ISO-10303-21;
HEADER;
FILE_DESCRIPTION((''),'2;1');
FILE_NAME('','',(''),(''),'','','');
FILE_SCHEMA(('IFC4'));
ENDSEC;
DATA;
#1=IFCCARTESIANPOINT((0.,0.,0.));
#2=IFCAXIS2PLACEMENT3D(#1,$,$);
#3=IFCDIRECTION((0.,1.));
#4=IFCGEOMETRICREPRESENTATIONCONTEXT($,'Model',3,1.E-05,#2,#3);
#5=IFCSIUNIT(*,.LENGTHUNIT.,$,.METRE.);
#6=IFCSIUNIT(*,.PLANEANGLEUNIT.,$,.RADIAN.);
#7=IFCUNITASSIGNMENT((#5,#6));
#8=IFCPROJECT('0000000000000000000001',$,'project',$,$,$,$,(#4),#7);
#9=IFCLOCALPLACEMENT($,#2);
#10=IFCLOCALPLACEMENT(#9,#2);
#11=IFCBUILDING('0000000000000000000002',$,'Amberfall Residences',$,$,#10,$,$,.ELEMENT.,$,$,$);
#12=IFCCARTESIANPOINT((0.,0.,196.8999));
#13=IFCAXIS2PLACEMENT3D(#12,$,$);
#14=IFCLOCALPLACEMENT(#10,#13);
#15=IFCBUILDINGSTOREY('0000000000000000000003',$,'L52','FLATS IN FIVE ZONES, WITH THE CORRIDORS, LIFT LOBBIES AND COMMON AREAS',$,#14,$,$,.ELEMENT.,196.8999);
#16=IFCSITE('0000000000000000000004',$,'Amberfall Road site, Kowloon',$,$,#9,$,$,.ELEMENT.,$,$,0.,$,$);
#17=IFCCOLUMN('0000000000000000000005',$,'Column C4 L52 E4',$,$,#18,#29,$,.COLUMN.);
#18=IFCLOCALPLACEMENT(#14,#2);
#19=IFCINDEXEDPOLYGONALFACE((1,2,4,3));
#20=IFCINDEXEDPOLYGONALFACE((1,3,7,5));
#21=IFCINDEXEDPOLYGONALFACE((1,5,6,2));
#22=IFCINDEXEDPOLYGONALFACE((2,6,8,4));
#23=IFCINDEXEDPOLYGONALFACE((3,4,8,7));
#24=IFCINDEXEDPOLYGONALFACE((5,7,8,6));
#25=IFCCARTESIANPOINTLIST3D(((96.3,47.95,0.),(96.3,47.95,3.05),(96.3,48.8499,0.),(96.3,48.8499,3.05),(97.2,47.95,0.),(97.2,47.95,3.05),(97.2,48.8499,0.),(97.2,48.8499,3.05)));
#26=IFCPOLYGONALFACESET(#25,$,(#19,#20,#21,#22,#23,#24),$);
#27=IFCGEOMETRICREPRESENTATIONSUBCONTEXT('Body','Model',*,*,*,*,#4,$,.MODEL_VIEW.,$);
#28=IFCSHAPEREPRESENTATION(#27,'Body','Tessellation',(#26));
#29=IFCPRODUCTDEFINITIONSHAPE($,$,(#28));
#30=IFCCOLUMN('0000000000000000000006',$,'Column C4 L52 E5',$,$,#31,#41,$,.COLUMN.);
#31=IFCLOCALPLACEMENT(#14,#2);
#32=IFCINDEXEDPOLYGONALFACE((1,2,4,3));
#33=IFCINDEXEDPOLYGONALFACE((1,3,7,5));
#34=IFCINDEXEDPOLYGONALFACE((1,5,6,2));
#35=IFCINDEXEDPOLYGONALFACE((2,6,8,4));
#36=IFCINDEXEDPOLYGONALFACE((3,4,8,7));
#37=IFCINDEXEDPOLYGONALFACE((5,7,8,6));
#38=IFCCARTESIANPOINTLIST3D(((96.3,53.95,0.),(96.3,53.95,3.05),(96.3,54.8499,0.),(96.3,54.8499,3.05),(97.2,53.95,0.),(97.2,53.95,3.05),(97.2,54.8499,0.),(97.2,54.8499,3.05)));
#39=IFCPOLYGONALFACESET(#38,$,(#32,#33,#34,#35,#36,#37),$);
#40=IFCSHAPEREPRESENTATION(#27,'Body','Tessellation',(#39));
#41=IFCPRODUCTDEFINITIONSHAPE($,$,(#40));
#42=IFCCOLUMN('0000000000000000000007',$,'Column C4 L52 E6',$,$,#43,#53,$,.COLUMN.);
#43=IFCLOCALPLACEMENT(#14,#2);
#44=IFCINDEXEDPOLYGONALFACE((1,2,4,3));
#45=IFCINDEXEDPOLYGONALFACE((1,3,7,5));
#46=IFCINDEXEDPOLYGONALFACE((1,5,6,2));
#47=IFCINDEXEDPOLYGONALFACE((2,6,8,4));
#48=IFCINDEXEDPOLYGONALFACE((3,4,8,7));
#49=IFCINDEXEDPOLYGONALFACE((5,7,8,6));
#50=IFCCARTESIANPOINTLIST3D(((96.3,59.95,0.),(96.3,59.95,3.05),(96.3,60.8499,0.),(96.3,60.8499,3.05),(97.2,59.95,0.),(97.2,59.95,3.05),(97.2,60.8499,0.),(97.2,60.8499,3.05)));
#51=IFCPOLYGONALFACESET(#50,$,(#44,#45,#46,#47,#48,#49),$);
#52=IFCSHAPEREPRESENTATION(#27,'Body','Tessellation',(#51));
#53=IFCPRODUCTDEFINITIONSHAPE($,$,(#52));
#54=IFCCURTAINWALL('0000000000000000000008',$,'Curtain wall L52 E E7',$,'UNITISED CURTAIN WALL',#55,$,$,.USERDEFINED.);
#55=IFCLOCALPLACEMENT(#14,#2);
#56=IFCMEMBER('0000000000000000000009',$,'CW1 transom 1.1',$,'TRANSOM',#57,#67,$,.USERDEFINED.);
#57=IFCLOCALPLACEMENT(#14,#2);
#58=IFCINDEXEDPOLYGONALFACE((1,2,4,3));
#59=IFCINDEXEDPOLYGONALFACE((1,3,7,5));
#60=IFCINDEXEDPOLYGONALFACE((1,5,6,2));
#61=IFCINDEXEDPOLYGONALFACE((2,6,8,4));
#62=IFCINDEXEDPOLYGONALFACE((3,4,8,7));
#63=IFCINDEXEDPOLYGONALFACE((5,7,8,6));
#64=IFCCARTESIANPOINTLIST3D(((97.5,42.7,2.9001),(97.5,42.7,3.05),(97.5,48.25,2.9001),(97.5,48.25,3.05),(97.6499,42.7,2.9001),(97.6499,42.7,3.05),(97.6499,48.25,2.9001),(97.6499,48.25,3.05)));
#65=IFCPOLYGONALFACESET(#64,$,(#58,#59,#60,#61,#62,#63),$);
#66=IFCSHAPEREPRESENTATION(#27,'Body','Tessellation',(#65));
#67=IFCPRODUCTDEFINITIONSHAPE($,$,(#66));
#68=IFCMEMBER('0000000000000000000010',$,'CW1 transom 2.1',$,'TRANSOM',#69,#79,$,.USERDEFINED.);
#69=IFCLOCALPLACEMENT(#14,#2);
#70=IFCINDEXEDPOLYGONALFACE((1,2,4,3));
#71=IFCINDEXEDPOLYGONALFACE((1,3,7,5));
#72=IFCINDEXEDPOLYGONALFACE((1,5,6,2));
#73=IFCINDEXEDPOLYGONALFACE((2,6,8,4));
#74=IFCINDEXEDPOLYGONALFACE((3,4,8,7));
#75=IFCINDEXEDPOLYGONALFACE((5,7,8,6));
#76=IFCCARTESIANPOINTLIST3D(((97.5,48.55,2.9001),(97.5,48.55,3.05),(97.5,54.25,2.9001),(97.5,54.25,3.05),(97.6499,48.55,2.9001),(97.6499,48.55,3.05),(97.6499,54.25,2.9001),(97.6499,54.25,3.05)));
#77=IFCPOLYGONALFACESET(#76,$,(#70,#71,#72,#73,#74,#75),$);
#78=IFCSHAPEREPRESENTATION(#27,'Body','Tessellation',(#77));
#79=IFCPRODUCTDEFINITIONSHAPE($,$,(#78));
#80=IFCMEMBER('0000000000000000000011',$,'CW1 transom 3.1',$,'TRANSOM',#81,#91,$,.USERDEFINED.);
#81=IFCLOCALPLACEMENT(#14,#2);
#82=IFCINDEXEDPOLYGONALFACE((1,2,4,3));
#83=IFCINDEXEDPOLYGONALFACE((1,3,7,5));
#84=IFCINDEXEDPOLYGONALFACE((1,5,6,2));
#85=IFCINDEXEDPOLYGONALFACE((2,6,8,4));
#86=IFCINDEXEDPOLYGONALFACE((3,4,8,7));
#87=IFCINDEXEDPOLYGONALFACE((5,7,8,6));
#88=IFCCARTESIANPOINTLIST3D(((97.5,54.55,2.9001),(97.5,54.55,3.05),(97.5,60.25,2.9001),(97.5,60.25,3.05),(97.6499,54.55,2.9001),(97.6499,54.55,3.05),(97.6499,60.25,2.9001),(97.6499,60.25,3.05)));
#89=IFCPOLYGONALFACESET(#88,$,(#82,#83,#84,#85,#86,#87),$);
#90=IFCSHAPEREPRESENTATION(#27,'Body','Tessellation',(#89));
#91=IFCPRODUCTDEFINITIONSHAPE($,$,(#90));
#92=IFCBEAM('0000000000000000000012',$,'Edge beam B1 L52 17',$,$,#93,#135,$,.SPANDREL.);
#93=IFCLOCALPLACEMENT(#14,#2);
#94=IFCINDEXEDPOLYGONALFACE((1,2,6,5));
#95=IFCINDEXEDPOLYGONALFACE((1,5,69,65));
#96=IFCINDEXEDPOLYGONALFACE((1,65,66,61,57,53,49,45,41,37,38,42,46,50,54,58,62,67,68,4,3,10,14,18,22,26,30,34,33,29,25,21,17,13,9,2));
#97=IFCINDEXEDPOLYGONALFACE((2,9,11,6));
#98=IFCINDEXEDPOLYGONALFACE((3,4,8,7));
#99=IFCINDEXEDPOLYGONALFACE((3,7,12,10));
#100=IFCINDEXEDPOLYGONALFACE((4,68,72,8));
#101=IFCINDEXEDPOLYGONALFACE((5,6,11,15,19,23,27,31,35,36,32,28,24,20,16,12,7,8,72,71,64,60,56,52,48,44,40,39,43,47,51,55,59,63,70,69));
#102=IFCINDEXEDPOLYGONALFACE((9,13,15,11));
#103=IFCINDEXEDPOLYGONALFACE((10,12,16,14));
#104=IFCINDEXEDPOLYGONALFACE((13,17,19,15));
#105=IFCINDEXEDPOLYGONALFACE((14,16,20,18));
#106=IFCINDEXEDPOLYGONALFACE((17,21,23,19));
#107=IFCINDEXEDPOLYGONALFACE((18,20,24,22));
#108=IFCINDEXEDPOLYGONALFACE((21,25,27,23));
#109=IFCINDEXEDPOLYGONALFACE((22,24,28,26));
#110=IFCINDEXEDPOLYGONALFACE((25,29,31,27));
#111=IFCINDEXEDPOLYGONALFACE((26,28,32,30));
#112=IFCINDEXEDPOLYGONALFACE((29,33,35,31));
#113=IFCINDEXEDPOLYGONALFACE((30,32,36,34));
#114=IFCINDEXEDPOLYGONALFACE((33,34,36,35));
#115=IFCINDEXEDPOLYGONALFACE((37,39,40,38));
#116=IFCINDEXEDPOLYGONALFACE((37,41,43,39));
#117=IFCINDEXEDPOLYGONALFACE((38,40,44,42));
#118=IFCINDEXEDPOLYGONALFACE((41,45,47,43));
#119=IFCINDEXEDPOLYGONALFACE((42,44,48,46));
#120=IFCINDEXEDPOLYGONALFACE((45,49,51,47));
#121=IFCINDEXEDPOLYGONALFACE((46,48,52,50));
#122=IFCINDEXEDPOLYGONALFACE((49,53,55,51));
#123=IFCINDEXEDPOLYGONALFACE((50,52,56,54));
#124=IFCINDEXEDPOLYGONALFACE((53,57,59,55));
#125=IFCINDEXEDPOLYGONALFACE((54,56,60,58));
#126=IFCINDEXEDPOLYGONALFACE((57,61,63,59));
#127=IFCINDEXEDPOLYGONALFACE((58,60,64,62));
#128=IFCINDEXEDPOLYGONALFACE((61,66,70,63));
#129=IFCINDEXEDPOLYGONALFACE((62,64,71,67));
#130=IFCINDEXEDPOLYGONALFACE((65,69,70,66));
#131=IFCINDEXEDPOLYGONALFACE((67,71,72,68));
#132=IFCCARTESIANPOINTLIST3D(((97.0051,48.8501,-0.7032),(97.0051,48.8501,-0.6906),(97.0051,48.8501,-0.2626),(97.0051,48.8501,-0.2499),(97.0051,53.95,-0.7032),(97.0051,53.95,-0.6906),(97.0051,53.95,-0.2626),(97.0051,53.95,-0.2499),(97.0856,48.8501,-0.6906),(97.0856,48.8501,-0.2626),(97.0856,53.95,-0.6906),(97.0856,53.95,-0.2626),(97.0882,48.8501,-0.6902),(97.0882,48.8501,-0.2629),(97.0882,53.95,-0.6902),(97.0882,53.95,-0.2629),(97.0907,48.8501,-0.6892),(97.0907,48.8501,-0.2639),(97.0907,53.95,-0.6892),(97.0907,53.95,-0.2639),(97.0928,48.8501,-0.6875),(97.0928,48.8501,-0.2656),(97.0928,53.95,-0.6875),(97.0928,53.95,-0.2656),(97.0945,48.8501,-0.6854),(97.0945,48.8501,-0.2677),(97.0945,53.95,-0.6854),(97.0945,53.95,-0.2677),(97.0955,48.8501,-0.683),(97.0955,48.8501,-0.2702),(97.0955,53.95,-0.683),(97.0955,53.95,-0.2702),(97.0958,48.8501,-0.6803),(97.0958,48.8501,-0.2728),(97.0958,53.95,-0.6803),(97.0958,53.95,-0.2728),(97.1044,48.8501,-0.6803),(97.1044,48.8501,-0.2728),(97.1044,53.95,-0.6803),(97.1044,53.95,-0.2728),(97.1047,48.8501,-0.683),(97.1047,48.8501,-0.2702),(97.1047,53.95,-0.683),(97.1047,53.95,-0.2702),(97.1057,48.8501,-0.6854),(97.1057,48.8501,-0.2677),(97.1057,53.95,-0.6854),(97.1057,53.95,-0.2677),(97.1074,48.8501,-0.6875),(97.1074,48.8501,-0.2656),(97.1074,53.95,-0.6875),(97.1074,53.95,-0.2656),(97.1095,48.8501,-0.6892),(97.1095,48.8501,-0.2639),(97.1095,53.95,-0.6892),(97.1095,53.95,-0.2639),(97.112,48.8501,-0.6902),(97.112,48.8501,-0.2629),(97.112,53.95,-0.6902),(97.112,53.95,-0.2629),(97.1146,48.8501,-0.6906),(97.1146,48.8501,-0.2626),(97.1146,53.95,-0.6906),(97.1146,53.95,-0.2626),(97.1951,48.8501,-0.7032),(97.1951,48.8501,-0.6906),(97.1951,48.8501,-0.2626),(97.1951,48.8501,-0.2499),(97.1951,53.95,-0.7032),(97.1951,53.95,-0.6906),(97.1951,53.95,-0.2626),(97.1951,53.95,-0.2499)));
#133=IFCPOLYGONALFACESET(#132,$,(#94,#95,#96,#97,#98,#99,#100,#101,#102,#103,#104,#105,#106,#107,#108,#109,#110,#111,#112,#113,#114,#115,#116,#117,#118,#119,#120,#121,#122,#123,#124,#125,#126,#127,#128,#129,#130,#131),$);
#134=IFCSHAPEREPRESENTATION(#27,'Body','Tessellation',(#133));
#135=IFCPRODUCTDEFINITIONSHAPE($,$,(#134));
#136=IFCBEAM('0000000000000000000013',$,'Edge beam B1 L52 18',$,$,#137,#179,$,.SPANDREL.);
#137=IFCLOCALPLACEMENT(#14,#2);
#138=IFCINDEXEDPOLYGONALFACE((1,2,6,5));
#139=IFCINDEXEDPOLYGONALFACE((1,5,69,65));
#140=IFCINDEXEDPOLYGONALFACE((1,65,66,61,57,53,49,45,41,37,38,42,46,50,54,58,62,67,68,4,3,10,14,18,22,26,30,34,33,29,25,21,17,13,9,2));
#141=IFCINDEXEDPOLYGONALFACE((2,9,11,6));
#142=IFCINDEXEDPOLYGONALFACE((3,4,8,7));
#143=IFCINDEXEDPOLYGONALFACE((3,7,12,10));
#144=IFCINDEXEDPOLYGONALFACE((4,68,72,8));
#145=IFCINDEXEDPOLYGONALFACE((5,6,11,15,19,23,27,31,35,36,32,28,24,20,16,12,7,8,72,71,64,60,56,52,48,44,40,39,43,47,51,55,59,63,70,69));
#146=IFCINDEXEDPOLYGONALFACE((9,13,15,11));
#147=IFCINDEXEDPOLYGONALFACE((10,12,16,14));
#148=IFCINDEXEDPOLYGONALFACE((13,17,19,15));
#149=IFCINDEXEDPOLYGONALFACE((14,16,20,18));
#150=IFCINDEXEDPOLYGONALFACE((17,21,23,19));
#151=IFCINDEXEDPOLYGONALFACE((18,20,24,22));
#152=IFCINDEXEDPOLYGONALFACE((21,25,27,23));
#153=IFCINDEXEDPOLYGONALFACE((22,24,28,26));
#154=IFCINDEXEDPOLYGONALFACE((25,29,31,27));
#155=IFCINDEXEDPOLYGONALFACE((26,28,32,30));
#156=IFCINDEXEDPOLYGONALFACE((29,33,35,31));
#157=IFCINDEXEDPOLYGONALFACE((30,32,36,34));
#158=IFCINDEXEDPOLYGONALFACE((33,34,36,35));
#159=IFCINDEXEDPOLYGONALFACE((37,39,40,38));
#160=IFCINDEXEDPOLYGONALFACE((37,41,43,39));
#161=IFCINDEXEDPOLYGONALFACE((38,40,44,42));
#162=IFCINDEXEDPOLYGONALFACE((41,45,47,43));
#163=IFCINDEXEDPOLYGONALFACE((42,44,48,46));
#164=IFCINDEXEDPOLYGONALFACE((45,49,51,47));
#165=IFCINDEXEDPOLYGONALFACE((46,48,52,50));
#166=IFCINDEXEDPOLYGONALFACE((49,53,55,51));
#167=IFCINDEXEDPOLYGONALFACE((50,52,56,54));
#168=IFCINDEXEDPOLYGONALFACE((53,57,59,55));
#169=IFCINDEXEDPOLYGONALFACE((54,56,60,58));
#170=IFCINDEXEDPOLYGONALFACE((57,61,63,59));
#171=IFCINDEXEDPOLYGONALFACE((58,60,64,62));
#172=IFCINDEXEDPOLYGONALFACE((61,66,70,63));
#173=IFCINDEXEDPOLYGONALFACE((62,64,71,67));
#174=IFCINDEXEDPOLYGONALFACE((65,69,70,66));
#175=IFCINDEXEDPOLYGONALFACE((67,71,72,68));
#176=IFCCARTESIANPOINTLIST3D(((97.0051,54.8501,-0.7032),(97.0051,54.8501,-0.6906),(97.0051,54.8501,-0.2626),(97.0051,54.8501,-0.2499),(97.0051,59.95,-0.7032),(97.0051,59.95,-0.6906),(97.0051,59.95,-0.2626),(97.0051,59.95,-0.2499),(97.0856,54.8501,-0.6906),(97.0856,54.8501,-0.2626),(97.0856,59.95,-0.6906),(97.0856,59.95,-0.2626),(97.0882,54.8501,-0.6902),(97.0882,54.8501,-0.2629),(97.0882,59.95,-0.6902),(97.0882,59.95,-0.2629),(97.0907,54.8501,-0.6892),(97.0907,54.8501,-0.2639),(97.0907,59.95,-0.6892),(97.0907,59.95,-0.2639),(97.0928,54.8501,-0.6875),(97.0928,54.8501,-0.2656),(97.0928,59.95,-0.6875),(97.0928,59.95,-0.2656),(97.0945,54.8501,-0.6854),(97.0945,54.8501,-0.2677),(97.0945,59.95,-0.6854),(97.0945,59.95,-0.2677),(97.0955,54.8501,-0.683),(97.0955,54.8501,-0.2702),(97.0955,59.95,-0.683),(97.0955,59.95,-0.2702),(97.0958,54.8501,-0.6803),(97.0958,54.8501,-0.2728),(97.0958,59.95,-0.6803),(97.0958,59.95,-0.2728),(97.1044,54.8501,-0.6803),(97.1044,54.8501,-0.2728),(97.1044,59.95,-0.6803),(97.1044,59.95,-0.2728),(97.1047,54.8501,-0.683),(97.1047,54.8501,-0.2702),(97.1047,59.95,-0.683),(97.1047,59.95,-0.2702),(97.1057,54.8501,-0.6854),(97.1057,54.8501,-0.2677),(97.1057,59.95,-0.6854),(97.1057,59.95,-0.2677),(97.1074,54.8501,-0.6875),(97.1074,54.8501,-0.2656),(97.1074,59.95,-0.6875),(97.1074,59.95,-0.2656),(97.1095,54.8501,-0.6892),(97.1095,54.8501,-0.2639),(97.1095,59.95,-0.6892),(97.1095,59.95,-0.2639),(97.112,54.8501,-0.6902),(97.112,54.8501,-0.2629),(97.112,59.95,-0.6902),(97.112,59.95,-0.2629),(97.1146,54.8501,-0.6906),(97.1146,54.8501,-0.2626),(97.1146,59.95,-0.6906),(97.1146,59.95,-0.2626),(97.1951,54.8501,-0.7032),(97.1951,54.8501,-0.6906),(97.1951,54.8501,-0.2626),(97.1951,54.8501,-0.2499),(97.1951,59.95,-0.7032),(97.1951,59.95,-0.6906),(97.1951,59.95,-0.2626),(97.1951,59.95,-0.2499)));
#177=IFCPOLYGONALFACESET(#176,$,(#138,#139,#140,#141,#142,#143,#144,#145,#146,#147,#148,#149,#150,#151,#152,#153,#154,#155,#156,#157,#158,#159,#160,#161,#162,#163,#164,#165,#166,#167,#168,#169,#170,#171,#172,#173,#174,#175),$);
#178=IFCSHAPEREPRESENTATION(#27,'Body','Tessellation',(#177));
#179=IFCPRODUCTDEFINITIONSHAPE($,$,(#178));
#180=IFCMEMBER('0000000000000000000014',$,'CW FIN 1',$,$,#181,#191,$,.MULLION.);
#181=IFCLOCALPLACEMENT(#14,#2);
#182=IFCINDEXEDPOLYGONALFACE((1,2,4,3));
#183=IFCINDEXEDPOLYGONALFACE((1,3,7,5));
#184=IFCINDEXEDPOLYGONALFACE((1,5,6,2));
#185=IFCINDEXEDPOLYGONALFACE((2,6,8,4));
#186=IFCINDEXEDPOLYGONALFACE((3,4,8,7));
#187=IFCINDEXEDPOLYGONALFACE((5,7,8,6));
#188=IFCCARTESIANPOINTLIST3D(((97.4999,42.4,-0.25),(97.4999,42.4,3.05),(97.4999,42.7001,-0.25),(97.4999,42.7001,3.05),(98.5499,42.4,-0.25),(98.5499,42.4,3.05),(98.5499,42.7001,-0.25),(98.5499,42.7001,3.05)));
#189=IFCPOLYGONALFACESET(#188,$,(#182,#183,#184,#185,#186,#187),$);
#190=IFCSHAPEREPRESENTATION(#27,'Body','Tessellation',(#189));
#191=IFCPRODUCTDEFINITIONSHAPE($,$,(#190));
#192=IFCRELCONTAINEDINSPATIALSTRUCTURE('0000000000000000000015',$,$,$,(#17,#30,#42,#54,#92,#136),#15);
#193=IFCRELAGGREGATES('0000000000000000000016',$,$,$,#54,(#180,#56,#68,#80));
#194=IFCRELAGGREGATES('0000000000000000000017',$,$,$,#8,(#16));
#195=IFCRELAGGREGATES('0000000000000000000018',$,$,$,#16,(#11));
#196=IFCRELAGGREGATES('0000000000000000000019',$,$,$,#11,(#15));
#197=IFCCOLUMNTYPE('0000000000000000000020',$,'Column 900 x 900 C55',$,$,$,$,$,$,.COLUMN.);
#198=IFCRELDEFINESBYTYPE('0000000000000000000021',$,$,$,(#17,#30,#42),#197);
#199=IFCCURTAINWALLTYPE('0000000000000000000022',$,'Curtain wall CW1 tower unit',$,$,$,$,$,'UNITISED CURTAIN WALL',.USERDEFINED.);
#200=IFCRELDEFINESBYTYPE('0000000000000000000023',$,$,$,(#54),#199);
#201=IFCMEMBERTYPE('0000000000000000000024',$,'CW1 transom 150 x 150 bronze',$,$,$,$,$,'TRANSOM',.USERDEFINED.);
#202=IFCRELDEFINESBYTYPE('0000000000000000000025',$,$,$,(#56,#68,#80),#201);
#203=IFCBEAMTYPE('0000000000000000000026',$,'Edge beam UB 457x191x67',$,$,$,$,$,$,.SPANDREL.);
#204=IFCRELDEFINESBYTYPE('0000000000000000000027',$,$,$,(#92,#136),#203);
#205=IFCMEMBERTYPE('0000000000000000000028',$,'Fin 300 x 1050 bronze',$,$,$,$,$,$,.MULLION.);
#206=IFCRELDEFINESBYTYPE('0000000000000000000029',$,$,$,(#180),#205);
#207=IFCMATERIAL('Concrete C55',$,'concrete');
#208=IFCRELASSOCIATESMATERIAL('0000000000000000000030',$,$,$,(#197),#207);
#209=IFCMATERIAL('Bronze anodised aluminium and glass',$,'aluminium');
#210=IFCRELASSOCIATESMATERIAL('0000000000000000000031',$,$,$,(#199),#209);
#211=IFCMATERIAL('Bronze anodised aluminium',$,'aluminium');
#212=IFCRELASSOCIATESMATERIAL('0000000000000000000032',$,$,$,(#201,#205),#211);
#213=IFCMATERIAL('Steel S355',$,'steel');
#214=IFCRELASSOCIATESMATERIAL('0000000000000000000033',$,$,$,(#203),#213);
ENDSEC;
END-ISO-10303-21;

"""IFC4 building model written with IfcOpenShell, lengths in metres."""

from ifc_helpers import new_model, si_unit, direction, frame, origin, origin_2d, place, context, subcontext, project, spatial, rectangle, i_section, extrude, material, material_profile, profile_set, type_object, element, aggregate, save


model = new_model("IFC4")

# Units and contexts
model_context = context("Model", 3, precision=1e-05, world=origin(), true_north=direction((0.0, 1.0)))
body_context = subcontext(model_context, "Body", "Model", "MODEL_VIEW")
ifc_project = project(units=[si_unit("LENGTHUNIT", "METRE"), si_unit("PLANEANGLEUNIT", "RADIAN")], contexts=[model_context])

# Site, building, storey
site_placement = place(None, origin())
site = spatial("IfcSite", under=ifc_project, at=site_placement, Name="Amberfall Road site, Kowloon", CompositionType="ELEMENT", RefElevation=0.0)
building_placement = place(site_placement, origin())
building = spatial("IfcBuilding", under=site, at=building_placement, Name="Amberfall Residences", CompositionType="ELEMENT")
storey_placement = place(building_placement, frame((0.0, 0.0, 196.8999)))
storey = spatial("IfcBuildingStorey", under=building, at=storey_placement, Name="L52", Description="FLATS IN FIVE ZONES, WITH THE CORRIDORS, LIFT LOBBIES AND COMMON AREAS", CompositionType="ELEMENT", Elevation=196.8999)

# Columns
ifc_material_1 = material(Name="Concrete C55", Category="concrete")
ifc_material_profile_1 = material_profile(ifc_material_1, rectangle(XDim=0.8999, YDim=0.8999, at=origin_2d()), Name="Column 900 x 900 C55")
ifc_profile_set_1 = profile_set([ifc_material_profile_1], Name="Concrete C55")
column_type = type_object("IfcColumnType", Name="Column 900 x 900 C55", PredefinedType="COLUMN", material=ifc_profile_set_1)
for number, where, z_axis, x_axis, name in (
    (1, (96.75, 48.3999, 0.0), (0.0, 0.0, 1.0), (1.0, 0.0, 0.0), "Column C4 L52 E4"),
    (2, (96.75, 54.3999, 0.0), (0.0, 0.0, 1.0), (1.0, 0.0, 0.0), "Column C4 L52 E5"),
    (3, (96.75, 60.3999, 0.0), (0.0, 0.0, 1.0), (1.0, 0.0, 0.0), "Column C4 L52 E6"),
):
    element("IfcColumn", number, at=place(storey_placement, frame(where, z_axis=z_axis, x_axis=x_axis)), inside=storey, type_object=column_type, Name=name, PredefinedType="COLUMN", context=body_context, shape_type="SweptSolid", body=[
        extrude(rectangle(XDim=0.8999, YDim=0.8999, at=origin_2d()), origin(), (0.0, 0.0, 1.0), 3.05),
    ])

# Curtain wall, members
ifc_material_2 = material(Name="Bronze anodised aluminium and glass", Category="aluminium")
curtain_wall_type = type_object("IfcCurtainWallType", Name="Curtain wall CW1 tower unit", ElementType="UNITISED CURTAIN WALL", PredefinedType="USERDEFINED", material=ifc_material_2)
curtain_wall_placement = place(storey_placement, origin())
curtain_wall = element("IfcCurtainWall", 4, at=curtain_wall_placement, inside=storey, type_object=curtain_wall_type, Name="Curtain wall L52 E E7", ObjectType="UNITISED CURTAIN WALL", PredefinedType="USERDEFINED")
ifc_material_3 = material(Name="Bronze anodised aluminium", Category="aluminium")
ifc_material_profile_2 = material_profile(ifc_material_3, rectangle(XDim=0.1499, YDim=0.1499, at=origin_2d()), Name="CW1 transom 150 x 150 bronze")
ifc_profile_set_2 = profile_set([ifc_material_profile_2], Name="Bronze anodised aluminium")
member_type_1 = type_object("IfcMemberType", Name="CW1 transom 150 x 150 bronze", ElementType="TRANSOM", PredefinedType="USERDEFINED", material=ifc_profile_set_2)
member_1_placement = place(storey_placement, frame((97.575, 42.7, 2.9751), z_axis=(0.0, 1.0, 0.0), x_axis=(-1.0, 0.0, 0.0)))
member_1 = element("IfcMember", 5, at=member_1_placement, type_object=member_type_1, Name="CW1 transom 1.1", ObjectType="TRANSOM", PredefinedType="USERDEFINED", context=body_context, shape_type="SweptSolid", body=[
    extrude(rectangle(XDim=0.1499, YDim=0.1499, at=origin_2d()), origin(), (0.0, 0.0, 1.0), 5.55),
])
member_2_placement = place(storey_placement, frame((97.575, 48.55, 2.9751), z_axis=(0.0, 1.0, 0.0), x_axis=(-1.0, 0.0, 0.0)))
member_2 = element("IfcMember", 6, at=member_2_placement, type_object=member_type_1, Name="CW1 transom 2.1", ObjectType="TRANSOM", PredefinedType="USERDEFINED", context=body_context, shape_type="SweptSolid", body=[
    extrude(rectangle(XDim=0.1499, YDim=0.1499, at=origin_2d()), origin(), (0.0, 0.0, 1.0), 5.7),
])
member_3_placement = place(storey_placement, frame((97.575, 54.55, 2.9751), z_axis=(0.0, 1.0, 0.0), x_axis=(-1.0, 0.0, 0.0)))
member_3 = element("IfcMember", 7, at=member_3_placement, type_object=member_type_1, Name="CW1 transom 3.1", ObjectType="TRANSOM", PredefinedType="USERDEFINED", context=body_context, shape_type="SweptSolid", body=[
    extrude(rectangle(XDim=0.1499, YDim=0.1499, at=origin_2d()), origin(), (0.0, 0.0, 1.0), 5.7),
])

# Beams
ifc_material_4 = material(Name="Steel S355", Category="steel")
ifc_material_profile_3 = material_profile(ifc_material_4, i_section(OverallWidth=0.1899, OverallDepth=0.4534, WebThickness=0.0085, FlangeThickness=0.0127, FilletRadius=0.0103, at=origin_2d()), Name="UB 457x191x67")
ifc_profile_set_3 = profile_set([ifc_material_profile_3], Name="Steel S355")
beam_type_1 = type_object("IfcBeamType", Name="Edge beam UB 457x191x67", PredefinedType="SPANDREL", material=ifc_profile_set_3)
for number, where, z_axis, x_axis, name in (
    (8, (97.1001, 48.8501, -0.4766), (0.0, 1.0, 0.0), (-1.0, 0.0, 0.0), "Edge beam B1 L52 17"),
    (9, (97.1001, 54.8501, -0.4766), (0.0, 1.0, 0.0), (-1.0, 0.0, 0.0), "Edge beam B1 L52 18"),
):
    element("IfcBeam", number, at=place(storey_placement, frame(where, z_axis=z_axis, x_axis=x_axis)), inside=storey, type_object=beam_type_1, Name=name, PredefinedType="SPANDREL", context=body_context, shape_type="SweptSolid", body=[
        extrude(i_section(OverallWidth=0.1899, OverallDepth=0.4534, WebThickness=0.0085, FlangeThickness=0.0127, FilletRadius=0.0103, at=origin_2d()), origin(), (0.0, 0.0, 1.0), 5.0999),
    ])

# Member
ifc_material_profile_4 = material_profile(ifc_material_3, rectangle(XDim=1.05, YDim=0.3, at=origin_2d()), Name="Fin 300 x 1050 bronze")
ifc_profile_set_4 = profile_set([ifc_material_profile_4], Name="Bronze anodised aluminium")
member_type_2 = type_object("IfcMemberType", Name="Fin 300 x 1050 bronze", PredefinedType="MULLION", material=ifc_profile_set_4)
member_4_placement = place(storey_placement, frame((98.0249, 42.55, -0.25), z_axis=(0.0, 0.0, 1.0), x_axis=(-1.0, 0.0, 0.0)))
member_4 = element("IfcMember", 10, at=member_4_placement, type_object=member_type_2, Name="CW FIN 1", PredefinedType="MULLION", context=body_context, shape_type="SweptSolid", body=[
    extrude(rectangle(XDim=1.05, YDim=0.3, at=origin_2d()), origin(), (0.0, 0.0, 1.0), 3.3),
])

aggregate(curtain_wall, [member_4, member_1, member_2, member_3])

save(model, "model.ifc")
